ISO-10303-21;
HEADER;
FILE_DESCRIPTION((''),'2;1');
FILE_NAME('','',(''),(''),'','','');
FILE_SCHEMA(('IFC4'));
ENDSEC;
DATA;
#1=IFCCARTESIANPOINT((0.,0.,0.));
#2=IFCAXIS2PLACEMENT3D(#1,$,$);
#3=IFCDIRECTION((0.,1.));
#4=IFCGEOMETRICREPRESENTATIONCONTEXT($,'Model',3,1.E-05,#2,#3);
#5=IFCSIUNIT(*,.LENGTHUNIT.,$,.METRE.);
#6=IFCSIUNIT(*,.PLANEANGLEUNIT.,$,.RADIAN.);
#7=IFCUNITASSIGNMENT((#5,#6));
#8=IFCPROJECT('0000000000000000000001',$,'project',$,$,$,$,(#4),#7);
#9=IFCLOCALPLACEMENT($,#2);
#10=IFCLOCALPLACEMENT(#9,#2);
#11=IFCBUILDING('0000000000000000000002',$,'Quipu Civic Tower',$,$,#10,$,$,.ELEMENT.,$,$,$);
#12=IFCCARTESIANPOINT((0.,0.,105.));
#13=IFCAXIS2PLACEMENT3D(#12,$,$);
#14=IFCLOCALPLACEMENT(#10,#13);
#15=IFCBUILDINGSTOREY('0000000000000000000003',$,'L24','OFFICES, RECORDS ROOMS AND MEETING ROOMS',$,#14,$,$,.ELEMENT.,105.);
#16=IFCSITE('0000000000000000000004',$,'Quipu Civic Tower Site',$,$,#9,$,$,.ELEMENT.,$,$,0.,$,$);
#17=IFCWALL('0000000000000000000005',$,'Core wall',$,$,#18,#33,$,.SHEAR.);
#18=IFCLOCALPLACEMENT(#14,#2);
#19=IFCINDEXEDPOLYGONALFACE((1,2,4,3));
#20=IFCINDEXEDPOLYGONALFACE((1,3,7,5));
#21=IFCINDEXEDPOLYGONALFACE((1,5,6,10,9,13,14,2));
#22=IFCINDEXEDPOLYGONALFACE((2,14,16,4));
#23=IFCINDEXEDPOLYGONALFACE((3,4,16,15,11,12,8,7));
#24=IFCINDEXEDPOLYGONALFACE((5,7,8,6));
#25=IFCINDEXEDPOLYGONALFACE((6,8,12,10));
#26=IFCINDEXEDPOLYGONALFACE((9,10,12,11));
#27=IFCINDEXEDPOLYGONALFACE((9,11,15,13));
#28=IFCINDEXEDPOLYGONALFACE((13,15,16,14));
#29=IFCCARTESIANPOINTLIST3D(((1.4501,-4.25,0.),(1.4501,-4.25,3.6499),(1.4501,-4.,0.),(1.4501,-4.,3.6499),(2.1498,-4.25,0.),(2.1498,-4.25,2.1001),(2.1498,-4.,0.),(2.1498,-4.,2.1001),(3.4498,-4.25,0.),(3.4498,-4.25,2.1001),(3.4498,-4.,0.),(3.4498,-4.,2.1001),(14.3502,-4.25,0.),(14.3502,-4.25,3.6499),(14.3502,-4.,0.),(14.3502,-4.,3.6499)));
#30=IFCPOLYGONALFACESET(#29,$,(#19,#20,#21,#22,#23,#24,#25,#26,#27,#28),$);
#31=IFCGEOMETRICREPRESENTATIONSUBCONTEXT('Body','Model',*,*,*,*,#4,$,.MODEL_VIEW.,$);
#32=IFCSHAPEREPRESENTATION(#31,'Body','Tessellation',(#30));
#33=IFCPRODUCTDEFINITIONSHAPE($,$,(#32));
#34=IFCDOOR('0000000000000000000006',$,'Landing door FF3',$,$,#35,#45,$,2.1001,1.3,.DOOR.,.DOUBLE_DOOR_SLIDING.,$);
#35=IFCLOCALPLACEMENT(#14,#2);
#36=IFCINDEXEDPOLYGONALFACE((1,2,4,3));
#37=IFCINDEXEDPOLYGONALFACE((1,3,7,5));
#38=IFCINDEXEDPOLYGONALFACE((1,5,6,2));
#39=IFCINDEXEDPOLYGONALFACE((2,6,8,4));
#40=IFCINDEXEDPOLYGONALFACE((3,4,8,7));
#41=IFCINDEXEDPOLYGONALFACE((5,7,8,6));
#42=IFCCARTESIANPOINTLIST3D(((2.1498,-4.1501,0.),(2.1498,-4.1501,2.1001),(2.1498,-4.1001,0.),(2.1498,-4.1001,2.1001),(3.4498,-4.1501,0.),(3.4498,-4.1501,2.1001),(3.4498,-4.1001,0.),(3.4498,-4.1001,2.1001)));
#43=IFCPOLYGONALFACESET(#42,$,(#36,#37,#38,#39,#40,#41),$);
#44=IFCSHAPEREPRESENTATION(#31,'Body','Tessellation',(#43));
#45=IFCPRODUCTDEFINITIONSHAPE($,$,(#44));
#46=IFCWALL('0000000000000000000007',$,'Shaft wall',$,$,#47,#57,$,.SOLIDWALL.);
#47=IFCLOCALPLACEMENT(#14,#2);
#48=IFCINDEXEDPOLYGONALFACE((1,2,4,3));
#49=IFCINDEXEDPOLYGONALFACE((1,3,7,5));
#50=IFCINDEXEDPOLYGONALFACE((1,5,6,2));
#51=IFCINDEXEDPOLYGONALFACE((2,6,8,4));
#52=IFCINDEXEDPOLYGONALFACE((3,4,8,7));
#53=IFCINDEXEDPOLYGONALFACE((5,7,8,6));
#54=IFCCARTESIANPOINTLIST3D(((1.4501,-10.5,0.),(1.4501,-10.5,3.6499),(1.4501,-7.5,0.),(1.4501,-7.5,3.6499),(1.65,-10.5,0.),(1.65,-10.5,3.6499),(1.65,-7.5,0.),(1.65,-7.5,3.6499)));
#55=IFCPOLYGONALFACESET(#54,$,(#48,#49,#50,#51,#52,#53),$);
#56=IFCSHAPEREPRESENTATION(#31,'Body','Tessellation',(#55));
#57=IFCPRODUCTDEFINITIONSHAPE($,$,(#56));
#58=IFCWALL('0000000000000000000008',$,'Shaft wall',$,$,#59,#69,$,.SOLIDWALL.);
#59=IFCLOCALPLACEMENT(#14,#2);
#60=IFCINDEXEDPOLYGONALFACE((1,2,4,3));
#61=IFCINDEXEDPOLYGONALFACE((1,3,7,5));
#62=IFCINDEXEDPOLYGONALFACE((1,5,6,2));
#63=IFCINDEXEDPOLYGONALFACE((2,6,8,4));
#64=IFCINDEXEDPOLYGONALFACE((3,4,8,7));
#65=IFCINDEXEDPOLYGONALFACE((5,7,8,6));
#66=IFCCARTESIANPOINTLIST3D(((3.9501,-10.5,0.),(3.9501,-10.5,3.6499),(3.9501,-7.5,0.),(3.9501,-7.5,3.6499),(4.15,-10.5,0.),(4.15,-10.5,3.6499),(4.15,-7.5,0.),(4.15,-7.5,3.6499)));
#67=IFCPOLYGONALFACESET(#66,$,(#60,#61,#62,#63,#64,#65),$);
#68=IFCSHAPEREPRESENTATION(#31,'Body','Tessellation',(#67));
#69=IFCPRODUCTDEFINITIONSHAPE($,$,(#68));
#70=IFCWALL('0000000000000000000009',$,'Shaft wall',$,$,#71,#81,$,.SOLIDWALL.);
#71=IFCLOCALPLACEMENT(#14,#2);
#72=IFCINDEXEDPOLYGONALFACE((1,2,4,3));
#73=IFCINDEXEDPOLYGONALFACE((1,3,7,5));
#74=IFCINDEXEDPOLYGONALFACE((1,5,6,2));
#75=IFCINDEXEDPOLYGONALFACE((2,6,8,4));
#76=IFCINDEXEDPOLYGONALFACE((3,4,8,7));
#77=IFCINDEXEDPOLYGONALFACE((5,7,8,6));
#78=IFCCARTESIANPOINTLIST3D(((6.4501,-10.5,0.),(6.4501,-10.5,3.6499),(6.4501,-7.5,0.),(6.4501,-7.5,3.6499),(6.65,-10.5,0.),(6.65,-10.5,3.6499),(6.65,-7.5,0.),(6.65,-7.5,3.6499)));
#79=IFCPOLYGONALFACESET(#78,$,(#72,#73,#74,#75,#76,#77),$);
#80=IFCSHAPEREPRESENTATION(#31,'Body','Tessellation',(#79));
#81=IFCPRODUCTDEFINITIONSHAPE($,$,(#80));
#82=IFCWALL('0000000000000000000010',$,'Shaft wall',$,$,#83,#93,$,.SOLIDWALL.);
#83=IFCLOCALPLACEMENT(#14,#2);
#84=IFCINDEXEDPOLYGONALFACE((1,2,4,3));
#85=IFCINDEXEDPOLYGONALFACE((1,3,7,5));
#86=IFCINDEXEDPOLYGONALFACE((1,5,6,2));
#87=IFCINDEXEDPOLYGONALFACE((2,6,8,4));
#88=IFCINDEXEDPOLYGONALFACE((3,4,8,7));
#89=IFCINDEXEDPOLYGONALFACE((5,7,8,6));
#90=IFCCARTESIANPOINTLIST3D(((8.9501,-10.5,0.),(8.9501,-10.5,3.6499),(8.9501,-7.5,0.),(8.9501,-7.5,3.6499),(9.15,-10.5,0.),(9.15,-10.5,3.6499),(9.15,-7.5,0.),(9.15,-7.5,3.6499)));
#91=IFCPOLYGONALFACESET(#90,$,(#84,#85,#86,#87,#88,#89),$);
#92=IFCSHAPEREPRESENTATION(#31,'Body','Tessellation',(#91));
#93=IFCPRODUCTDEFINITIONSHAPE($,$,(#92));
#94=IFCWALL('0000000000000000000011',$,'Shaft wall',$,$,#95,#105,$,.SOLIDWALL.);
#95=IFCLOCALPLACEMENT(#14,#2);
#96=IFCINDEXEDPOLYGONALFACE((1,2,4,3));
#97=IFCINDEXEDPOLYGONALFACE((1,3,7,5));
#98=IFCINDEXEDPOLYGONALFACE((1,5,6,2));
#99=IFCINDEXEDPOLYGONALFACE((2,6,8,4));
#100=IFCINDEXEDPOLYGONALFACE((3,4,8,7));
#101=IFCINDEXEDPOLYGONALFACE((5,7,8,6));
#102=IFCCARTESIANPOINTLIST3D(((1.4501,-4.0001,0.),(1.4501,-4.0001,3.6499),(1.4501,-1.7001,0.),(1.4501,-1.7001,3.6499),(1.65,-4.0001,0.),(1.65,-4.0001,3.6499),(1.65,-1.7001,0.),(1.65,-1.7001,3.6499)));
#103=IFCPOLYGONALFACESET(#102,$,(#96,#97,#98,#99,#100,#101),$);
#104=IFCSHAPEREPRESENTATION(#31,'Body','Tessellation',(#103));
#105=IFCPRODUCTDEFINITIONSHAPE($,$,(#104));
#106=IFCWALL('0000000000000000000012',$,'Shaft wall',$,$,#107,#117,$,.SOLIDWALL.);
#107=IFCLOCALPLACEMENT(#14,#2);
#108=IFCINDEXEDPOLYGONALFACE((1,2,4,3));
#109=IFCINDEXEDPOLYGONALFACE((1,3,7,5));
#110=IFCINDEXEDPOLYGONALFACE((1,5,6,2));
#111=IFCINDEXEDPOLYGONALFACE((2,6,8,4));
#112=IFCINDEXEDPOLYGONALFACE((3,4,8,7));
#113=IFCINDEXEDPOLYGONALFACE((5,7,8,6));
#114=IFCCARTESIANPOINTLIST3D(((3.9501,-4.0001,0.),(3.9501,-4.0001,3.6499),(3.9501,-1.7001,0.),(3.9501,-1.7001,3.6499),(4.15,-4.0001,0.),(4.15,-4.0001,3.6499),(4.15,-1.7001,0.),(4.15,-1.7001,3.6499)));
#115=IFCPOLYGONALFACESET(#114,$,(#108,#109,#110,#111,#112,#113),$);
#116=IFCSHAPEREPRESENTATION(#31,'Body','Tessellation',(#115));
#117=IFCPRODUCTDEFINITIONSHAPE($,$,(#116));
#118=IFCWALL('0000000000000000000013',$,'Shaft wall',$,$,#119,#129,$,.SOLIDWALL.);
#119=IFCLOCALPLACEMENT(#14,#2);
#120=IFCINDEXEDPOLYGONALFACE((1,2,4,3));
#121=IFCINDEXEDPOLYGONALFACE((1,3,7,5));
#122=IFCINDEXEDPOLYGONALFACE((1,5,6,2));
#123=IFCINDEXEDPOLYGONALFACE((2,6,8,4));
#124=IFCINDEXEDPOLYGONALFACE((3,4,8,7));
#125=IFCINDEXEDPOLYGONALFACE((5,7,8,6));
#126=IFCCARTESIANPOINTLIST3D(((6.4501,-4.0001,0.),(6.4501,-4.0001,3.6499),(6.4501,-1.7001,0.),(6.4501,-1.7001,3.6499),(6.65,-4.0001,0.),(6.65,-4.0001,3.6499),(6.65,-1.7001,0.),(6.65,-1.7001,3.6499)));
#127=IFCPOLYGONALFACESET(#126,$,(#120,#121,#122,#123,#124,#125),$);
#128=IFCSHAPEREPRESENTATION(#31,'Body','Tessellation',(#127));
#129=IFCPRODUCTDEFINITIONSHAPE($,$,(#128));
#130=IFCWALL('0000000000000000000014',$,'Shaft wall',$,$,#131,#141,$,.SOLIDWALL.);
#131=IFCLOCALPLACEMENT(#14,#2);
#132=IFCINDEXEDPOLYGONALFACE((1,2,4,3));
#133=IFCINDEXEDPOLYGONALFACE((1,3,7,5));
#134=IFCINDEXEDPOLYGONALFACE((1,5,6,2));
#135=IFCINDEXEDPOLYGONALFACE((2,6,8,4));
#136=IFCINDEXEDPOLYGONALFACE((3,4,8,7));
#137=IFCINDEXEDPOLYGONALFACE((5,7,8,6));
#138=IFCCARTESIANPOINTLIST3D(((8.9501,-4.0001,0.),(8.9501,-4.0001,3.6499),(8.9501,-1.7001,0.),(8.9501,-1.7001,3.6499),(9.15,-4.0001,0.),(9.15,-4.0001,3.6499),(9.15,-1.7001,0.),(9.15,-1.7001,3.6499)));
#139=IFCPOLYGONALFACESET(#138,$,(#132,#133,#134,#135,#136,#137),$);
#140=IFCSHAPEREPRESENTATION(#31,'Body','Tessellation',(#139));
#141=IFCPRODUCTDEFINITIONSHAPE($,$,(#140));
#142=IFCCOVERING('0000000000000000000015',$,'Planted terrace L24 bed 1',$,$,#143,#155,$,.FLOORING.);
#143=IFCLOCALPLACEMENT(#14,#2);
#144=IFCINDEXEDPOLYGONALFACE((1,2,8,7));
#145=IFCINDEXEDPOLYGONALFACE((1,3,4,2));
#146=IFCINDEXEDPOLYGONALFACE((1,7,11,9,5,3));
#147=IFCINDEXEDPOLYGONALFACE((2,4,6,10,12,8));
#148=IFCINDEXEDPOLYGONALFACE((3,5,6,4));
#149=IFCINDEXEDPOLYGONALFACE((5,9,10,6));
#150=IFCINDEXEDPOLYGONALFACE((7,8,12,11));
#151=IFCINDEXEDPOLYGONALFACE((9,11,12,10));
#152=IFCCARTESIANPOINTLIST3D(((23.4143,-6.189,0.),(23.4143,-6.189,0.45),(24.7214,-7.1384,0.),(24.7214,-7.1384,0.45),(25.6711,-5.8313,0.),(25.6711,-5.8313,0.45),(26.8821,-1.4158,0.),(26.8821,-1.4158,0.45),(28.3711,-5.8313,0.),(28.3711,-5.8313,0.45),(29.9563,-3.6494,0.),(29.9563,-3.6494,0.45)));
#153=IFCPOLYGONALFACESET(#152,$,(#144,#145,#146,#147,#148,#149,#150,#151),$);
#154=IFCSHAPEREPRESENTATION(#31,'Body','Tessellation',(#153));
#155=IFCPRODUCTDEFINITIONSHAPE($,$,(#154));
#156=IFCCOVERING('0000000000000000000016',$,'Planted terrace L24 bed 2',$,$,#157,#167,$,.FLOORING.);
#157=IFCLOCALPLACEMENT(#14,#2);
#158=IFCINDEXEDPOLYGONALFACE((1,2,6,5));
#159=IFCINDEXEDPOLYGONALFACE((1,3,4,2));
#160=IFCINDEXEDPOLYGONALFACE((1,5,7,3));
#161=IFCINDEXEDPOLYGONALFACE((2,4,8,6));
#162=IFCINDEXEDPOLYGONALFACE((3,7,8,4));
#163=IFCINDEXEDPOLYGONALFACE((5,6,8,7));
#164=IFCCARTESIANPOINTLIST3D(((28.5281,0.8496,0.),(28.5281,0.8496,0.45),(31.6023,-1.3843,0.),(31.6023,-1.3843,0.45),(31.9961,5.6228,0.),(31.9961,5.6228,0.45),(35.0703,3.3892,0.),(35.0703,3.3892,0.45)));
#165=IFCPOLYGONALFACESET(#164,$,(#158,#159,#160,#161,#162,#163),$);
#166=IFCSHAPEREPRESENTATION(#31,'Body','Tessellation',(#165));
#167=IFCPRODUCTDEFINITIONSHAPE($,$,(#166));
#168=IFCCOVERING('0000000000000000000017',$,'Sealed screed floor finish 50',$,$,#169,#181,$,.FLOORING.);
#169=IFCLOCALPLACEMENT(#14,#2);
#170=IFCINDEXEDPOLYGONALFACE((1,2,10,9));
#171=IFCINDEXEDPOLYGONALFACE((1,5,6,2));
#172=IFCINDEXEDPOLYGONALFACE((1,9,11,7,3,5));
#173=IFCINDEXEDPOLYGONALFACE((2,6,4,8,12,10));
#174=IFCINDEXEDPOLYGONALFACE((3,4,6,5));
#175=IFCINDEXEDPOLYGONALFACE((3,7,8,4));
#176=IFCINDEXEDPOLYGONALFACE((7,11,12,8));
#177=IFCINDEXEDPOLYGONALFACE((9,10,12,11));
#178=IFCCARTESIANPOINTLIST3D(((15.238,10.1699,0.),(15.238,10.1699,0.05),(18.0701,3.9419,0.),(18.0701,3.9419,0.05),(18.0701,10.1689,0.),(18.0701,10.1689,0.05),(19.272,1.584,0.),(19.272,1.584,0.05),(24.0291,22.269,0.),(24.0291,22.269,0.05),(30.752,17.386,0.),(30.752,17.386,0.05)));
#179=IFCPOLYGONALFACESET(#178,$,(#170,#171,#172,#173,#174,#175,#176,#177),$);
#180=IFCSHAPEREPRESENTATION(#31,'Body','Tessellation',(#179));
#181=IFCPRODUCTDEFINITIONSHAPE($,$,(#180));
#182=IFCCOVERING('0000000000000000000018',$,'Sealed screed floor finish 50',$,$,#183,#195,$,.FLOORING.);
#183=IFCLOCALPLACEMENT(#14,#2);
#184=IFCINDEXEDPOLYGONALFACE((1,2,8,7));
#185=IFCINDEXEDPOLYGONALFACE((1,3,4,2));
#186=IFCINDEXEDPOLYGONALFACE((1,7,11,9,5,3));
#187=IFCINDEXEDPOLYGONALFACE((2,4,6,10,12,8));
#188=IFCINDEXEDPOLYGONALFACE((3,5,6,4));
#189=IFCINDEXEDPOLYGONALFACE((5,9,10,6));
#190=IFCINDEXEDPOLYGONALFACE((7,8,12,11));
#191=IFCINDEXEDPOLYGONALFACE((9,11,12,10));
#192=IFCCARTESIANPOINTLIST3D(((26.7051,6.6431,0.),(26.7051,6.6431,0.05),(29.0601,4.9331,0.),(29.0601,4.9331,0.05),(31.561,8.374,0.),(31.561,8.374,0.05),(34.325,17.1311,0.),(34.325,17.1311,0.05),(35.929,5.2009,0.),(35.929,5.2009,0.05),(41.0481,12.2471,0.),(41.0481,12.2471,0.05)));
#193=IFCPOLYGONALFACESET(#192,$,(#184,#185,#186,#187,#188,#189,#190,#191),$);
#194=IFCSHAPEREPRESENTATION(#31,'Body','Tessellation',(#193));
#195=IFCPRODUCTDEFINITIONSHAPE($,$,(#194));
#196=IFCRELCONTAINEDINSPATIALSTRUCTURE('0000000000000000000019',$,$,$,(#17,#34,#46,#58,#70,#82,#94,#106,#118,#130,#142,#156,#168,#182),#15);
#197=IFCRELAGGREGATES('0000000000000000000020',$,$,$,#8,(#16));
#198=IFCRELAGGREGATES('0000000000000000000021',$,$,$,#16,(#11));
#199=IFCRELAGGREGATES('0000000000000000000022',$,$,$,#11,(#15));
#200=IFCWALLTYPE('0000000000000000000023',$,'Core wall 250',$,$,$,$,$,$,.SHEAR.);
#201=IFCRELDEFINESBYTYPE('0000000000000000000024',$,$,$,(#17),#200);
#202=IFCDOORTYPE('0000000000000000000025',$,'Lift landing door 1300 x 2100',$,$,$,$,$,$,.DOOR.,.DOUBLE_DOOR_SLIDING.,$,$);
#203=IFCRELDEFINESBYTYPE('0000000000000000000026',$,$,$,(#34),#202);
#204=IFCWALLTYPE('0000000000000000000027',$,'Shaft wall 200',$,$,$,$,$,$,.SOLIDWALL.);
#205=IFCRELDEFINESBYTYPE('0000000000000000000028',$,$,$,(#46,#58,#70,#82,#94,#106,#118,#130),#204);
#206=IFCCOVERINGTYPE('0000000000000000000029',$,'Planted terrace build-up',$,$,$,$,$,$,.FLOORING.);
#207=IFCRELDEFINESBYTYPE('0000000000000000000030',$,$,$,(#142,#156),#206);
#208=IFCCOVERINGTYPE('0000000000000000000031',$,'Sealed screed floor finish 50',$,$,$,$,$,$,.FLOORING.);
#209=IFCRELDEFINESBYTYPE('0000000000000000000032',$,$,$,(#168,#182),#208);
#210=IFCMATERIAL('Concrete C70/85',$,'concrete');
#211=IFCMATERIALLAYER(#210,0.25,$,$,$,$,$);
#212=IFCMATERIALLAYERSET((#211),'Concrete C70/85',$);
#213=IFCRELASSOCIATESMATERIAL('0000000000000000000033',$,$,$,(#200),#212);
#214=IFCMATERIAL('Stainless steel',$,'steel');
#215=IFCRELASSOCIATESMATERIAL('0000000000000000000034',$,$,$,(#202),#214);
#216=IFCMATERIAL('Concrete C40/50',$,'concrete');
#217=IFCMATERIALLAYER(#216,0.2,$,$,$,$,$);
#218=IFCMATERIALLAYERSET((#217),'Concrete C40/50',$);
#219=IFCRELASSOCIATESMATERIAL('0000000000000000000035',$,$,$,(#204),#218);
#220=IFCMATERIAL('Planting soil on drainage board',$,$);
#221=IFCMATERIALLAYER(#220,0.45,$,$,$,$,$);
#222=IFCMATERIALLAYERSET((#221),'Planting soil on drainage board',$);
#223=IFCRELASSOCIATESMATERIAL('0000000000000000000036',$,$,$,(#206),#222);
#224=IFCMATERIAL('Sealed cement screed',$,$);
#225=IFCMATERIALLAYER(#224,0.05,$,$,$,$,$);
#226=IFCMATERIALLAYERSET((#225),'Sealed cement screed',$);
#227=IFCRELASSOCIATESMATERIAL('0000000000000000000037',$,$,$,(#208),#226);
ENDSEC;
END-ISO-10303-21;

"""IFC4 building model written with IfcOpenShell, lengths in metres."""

from ifc_helpers import new_model, si_unit, direction, frame, frame_2d, origin, place, context, subcontext, project, spatial, polyline, rectangle, outline, extrude, material, layer, layer_set, type_object, element, fill, save


model = new_model("IFC4")

# Units and contexts
model_context = context("Model", 3, precision=1e-05, world=origin(), true_north=direction((0.0, 1.0)))
body_context = subcontext(model_context, "Body", "Model", "MODEL_VIEW")
ifc_project = project(units=[si_unit("LENGTHUNIT", "METRE"), si_unit("PLANEANGLEUNIT", "RADIAN")], contexts=[model_context])

# Site, building, storey
site_placement = place(None, origin())
site = spatial("IfcSite", under=ifc_project, at=site_placement, Name="Quipu Civic Tower Site", CompositionType="ELEMENT", RefElevation=0.0)
building_placement = place(site_placement, origin())
building = spatial("IfcBuilding", under=site, at=building_placement, Name="Quipu Civic Tower", CompositionType="ELEMENT")
storey_placement = place(building_placement, frame((0.0, 0.0, 105.0)))
storey = spatial("IfcBuildingStorey", under=building, at=storey_placement, Name="L24", Description="OFFICES, RECORDS ROOMS AND MEETING ROOMS", CompositionType="ELEMENT", Elevation=105.0)

# Shared definitions
ifc_material_1 = material(Name="Concrete C70/85", Category="concrete")
ifc_layer_1 = layer(ifc_material_1, 0.25)
ifc_layer_set_1 = layer_set([ifc_layer_1], Name="Concrete C70/85")
wall_type_1 = type_object("IfcWallType", Name="Core wall 250", PredefinedType="SHEAR", material=ifc_layer_set_1)

# Wall, opening, door
wall_1_placement = place(storey_placement, frame((1.45, -4.125, 0.0), z_axis=(0.0, 0.0, 1.0), x_axis=(1.0, 0.0, 0.0)))
wall_1 = element("IfcWall", 1, at=wall_1_placement, inside=storey, type_object=wall_type_1, Name="Core wall", PredefinedType="SHEAR", context=body_context, shape_type="SweptSolid", body=[
    extrude(rectangle(XDim=12.9001, YDim=0.25, at=frame_2d((6.4502, 0.0))), origin(), (0.0, 0.0, 1.0), 3.6499),
])
opening_placement = place(wall_1_placement, frame((0.7, 0.0, 0.0)))
opening = element("IfcOpeningElement", 2, at=opening_placement, cuts=wall_1, PredefinedType="OPENING", context=body_context, shape_type="SweptSolid", body=[
    extrude(rectangle(XDim=1.3, YDim=2.1001, at=frame_2d((0.6499, 1.05))), frame((0.0, 0.135, 0.0), z_axis=(0.0, -1.0, 0.0), x_axis=(1.0, 0.0, 0.0)), (0.0, 0.0, 1.0), 0.27),
])
ifc_material_2 = material(Name="Stainless steel", Category="steel")
door_type = type_object("IfcDoorType", Name="Lift landing door 1300 x 2100", OperationType="DOUBLE_DOOR_SLIDING", PredefinedType="DOOR", material=ifc_material_2)
door_placement = place(opening_placement, origin())
door = element("IfcDoor", 3, at=door_placement, inside=storey, type_object=door_type, Name="Landing door FF3", OperationType="DOUBLE_DOOR_SLIDING", OverallHeight=2.1001, OverallWidth=1.3, PredefinedType="DOOR", context=body_context, shape_type="SweptSolid", body=[
    extrude(rectangle(XDim=1.3, YDim=2.1001, at=frame_2d((0.6499, 1.05))), frame((0.0, 0.0249, 0.0), z_axis=(0.0, -1.0, 0.0), x_axis=(1.0, 0.0, 0.0)), (0.0, 0.0, 1.0), 0.05),
])
fill(opening, door)

# Walls
ifc_material_3 = material(Name="Concrete C40/50", Category="concrete")
ifc_layer_2 = layer(ifc_material_3, 0.2)
ifc_layer_set_2 = layer_set([ifc_layer_2], Name="Concrete C40/50")
wall_type_2 = type_object("IfcWallType", Name="Shaft wall 200", PredefinedType="SOLIDWALL", material=ifc_layer_set_2)
for number, where, z_axis, x_axis, name in (
    (4, (1.55, -10.5, 0.0), (0.0, 0.0, 1.0), (0.0, 1.0, 0.0), "Shaft wall"),
    (5, (4.05, -10.5, 0.0), (0.0, 0.0, 1.0), (0.0, 1.0, 0.0), "Shaft wall"),
    (6, (6.55, -10.5, 0.0), (0.0, 0.0, 1.0), (0.0, 1.0, 0.0), "Shaft wall"),
    (7, (9.05, -10.5, 0.0), (0.0, 0.0, 1.0), (0.0, 1.0, 0.0), "Shaft wall"),
):
    element("IfcWall", number, at=place(storey_placement, frame(where, z_axis=z_axis, x_axis=x_axis)), inside=storey, type_object=wall_type_2, Name=name, PredefinedType="SOLIDWALL", context=body_context, shape_type="SweptSolid", body=[
        extrude(rectangle(XDim=3.0, YDim=0.2, at=frame_2d((1.5, 0.0))), origin(), (0.0, 0.0, 1.0), 3.6499),
    ])
for number, where, z_axis, x_axis, name in (
    (8, (1.55, -4.0, 0.0), (0.0, 0.0, 1.0), (0.0, 1.0, 0.0), "Shaft wall"),
    (9, (4.05, -4.0, 0.0), (0.0, 0.0, 1.0), (0.0, 1.0, 0.0), "Shaft wall"),
    (10, (6.55, -4.0, 0.0), (0.0, 0.0, 1.0), (0.0, 1.0, 0.0), "Shaft wall"),
    (11, (9.05, -4.0, 0.0), (0.0, 0.0, 1.0), (0.0, 1.0, 0.0), "Shaft wall"),
):
    element("IfcWall", number, at=place(storey_placement, frame(where, z_axis=z_axis, x_axis=x_axis)), inside=storey, type_object=wall_type_2, Name=name, PredefinedType="SOLIDWALL", context=body_context, shape_type="SweptSolid", body=[
        extrude(rectangle(XDim=2.3, YDim=0.2, at=frame_2d((1.1499, 0.0))), origin(), (0.0, 0.0, 1.0), 3.6499),
    ])

# Coverings
ifc_material_4 = material(Name="Planting soil on drainage board")
ifc_layer_3 = layer(ifc_material_4, 0.45)
ifc_layer_set_3 = layer_set([ifc_layer_3], Name="Planting soil on drainage board")
covering_type_1 = type_object("IfcCoveringType", Name="Planted terrace build-up", PredefinedType="FLOORING", material=ifc_layer_set_3)
covering_1_placement = place(storey_placement, origin())
element("IfcCovering", 12, at=covering_1_placement, inside=storey, type_object=covering_type_1, Name="Planted terrace L24 bed 1", PredefinedType="FLOORING", context=body_context, shape_type="SweptSolid", body=[
    extrude(outline(polyline([(26.8821, -1.4158), (29.9563, -3.6494), (28.3711, -5.8313), (25.6711, -5.8313), (24.7214, -7.1384), (23.4143, -6.189), (26.8821, -1.4158)])), origin(), (0.0, 0.0, 1.0), 0.45),
])
covering_2_placement = place(storey_placement, origin())
element("IfcCovering", 13, at=covering_2_placement, inside=storey, type_object=covering_type_1, Name="Planted terrace L24 bed 2", PredefinedType="FLOORING", context=body_context, shape_type="SweptSolid", body=[
    extrude(outline(polyline([(31.9961, 5.6228), (35.0703, 3.3892), (31.6023, -1.3843), (28.5281, 0.8496), (31.9961, 5.6228)])), origin(), (0.0, 0.0, 1.0), 0.45),
])
ifc_material_5 = material(Name="Sealed cement screed")
ifc_layer_4 = layer(ifc_material_5, 0.05)
ifc_layer_set_4 = layer_set([ifc_layer_4], Name="Sealed cement screed")
covering_type_2 = type_object("IfcCoveringType", Name="Sealed screed floor finish 50", PredefinedType="FLOORING", material=ifc_layer_set_4)
covering_3_placement = place(storey_placement, origin())
element("IfcCovering", 14, at=covering_3_placement, inside=storey, type_object=covering_type_2, Name="Sealed screed floor finish 50", PredefinedType="FLOORING", context=body_context, shape_type="SweptSolid", body=[
    extrude(outline(polyline([(15.238, 10.1699), (24.0291, 22.269), (30.752, 17.386), (19.272, 1.584), (18.0701, 3.9419), (18.0701, 10.1689), (15.238, 10.1699)])), origin(), (0.0, 0.0, 1.0), 0.05),
])
covering_4_placement = place(storey_placement, origin())
element("IfcCovering", 15, at=covering_4_placement, inside=storey, type_object=covering_type_2, Name="Sealed screed floor finish 50", PredefinedType="FLOORING", context=body_context, shape_type="SweptSolid", body=[
    extrude(outline(polyline([(26.7051, 6.6431), (34.325, 17.1311), (41.0481, 12.2471), (35.929, 5.2009), (31.561, 8.374), (29.0601, 4.9331), (26.7051, 6.6431)])), origin(), (0.0, 0.0, 1.0), 0.05),
])

save(model, "model.ifc")
